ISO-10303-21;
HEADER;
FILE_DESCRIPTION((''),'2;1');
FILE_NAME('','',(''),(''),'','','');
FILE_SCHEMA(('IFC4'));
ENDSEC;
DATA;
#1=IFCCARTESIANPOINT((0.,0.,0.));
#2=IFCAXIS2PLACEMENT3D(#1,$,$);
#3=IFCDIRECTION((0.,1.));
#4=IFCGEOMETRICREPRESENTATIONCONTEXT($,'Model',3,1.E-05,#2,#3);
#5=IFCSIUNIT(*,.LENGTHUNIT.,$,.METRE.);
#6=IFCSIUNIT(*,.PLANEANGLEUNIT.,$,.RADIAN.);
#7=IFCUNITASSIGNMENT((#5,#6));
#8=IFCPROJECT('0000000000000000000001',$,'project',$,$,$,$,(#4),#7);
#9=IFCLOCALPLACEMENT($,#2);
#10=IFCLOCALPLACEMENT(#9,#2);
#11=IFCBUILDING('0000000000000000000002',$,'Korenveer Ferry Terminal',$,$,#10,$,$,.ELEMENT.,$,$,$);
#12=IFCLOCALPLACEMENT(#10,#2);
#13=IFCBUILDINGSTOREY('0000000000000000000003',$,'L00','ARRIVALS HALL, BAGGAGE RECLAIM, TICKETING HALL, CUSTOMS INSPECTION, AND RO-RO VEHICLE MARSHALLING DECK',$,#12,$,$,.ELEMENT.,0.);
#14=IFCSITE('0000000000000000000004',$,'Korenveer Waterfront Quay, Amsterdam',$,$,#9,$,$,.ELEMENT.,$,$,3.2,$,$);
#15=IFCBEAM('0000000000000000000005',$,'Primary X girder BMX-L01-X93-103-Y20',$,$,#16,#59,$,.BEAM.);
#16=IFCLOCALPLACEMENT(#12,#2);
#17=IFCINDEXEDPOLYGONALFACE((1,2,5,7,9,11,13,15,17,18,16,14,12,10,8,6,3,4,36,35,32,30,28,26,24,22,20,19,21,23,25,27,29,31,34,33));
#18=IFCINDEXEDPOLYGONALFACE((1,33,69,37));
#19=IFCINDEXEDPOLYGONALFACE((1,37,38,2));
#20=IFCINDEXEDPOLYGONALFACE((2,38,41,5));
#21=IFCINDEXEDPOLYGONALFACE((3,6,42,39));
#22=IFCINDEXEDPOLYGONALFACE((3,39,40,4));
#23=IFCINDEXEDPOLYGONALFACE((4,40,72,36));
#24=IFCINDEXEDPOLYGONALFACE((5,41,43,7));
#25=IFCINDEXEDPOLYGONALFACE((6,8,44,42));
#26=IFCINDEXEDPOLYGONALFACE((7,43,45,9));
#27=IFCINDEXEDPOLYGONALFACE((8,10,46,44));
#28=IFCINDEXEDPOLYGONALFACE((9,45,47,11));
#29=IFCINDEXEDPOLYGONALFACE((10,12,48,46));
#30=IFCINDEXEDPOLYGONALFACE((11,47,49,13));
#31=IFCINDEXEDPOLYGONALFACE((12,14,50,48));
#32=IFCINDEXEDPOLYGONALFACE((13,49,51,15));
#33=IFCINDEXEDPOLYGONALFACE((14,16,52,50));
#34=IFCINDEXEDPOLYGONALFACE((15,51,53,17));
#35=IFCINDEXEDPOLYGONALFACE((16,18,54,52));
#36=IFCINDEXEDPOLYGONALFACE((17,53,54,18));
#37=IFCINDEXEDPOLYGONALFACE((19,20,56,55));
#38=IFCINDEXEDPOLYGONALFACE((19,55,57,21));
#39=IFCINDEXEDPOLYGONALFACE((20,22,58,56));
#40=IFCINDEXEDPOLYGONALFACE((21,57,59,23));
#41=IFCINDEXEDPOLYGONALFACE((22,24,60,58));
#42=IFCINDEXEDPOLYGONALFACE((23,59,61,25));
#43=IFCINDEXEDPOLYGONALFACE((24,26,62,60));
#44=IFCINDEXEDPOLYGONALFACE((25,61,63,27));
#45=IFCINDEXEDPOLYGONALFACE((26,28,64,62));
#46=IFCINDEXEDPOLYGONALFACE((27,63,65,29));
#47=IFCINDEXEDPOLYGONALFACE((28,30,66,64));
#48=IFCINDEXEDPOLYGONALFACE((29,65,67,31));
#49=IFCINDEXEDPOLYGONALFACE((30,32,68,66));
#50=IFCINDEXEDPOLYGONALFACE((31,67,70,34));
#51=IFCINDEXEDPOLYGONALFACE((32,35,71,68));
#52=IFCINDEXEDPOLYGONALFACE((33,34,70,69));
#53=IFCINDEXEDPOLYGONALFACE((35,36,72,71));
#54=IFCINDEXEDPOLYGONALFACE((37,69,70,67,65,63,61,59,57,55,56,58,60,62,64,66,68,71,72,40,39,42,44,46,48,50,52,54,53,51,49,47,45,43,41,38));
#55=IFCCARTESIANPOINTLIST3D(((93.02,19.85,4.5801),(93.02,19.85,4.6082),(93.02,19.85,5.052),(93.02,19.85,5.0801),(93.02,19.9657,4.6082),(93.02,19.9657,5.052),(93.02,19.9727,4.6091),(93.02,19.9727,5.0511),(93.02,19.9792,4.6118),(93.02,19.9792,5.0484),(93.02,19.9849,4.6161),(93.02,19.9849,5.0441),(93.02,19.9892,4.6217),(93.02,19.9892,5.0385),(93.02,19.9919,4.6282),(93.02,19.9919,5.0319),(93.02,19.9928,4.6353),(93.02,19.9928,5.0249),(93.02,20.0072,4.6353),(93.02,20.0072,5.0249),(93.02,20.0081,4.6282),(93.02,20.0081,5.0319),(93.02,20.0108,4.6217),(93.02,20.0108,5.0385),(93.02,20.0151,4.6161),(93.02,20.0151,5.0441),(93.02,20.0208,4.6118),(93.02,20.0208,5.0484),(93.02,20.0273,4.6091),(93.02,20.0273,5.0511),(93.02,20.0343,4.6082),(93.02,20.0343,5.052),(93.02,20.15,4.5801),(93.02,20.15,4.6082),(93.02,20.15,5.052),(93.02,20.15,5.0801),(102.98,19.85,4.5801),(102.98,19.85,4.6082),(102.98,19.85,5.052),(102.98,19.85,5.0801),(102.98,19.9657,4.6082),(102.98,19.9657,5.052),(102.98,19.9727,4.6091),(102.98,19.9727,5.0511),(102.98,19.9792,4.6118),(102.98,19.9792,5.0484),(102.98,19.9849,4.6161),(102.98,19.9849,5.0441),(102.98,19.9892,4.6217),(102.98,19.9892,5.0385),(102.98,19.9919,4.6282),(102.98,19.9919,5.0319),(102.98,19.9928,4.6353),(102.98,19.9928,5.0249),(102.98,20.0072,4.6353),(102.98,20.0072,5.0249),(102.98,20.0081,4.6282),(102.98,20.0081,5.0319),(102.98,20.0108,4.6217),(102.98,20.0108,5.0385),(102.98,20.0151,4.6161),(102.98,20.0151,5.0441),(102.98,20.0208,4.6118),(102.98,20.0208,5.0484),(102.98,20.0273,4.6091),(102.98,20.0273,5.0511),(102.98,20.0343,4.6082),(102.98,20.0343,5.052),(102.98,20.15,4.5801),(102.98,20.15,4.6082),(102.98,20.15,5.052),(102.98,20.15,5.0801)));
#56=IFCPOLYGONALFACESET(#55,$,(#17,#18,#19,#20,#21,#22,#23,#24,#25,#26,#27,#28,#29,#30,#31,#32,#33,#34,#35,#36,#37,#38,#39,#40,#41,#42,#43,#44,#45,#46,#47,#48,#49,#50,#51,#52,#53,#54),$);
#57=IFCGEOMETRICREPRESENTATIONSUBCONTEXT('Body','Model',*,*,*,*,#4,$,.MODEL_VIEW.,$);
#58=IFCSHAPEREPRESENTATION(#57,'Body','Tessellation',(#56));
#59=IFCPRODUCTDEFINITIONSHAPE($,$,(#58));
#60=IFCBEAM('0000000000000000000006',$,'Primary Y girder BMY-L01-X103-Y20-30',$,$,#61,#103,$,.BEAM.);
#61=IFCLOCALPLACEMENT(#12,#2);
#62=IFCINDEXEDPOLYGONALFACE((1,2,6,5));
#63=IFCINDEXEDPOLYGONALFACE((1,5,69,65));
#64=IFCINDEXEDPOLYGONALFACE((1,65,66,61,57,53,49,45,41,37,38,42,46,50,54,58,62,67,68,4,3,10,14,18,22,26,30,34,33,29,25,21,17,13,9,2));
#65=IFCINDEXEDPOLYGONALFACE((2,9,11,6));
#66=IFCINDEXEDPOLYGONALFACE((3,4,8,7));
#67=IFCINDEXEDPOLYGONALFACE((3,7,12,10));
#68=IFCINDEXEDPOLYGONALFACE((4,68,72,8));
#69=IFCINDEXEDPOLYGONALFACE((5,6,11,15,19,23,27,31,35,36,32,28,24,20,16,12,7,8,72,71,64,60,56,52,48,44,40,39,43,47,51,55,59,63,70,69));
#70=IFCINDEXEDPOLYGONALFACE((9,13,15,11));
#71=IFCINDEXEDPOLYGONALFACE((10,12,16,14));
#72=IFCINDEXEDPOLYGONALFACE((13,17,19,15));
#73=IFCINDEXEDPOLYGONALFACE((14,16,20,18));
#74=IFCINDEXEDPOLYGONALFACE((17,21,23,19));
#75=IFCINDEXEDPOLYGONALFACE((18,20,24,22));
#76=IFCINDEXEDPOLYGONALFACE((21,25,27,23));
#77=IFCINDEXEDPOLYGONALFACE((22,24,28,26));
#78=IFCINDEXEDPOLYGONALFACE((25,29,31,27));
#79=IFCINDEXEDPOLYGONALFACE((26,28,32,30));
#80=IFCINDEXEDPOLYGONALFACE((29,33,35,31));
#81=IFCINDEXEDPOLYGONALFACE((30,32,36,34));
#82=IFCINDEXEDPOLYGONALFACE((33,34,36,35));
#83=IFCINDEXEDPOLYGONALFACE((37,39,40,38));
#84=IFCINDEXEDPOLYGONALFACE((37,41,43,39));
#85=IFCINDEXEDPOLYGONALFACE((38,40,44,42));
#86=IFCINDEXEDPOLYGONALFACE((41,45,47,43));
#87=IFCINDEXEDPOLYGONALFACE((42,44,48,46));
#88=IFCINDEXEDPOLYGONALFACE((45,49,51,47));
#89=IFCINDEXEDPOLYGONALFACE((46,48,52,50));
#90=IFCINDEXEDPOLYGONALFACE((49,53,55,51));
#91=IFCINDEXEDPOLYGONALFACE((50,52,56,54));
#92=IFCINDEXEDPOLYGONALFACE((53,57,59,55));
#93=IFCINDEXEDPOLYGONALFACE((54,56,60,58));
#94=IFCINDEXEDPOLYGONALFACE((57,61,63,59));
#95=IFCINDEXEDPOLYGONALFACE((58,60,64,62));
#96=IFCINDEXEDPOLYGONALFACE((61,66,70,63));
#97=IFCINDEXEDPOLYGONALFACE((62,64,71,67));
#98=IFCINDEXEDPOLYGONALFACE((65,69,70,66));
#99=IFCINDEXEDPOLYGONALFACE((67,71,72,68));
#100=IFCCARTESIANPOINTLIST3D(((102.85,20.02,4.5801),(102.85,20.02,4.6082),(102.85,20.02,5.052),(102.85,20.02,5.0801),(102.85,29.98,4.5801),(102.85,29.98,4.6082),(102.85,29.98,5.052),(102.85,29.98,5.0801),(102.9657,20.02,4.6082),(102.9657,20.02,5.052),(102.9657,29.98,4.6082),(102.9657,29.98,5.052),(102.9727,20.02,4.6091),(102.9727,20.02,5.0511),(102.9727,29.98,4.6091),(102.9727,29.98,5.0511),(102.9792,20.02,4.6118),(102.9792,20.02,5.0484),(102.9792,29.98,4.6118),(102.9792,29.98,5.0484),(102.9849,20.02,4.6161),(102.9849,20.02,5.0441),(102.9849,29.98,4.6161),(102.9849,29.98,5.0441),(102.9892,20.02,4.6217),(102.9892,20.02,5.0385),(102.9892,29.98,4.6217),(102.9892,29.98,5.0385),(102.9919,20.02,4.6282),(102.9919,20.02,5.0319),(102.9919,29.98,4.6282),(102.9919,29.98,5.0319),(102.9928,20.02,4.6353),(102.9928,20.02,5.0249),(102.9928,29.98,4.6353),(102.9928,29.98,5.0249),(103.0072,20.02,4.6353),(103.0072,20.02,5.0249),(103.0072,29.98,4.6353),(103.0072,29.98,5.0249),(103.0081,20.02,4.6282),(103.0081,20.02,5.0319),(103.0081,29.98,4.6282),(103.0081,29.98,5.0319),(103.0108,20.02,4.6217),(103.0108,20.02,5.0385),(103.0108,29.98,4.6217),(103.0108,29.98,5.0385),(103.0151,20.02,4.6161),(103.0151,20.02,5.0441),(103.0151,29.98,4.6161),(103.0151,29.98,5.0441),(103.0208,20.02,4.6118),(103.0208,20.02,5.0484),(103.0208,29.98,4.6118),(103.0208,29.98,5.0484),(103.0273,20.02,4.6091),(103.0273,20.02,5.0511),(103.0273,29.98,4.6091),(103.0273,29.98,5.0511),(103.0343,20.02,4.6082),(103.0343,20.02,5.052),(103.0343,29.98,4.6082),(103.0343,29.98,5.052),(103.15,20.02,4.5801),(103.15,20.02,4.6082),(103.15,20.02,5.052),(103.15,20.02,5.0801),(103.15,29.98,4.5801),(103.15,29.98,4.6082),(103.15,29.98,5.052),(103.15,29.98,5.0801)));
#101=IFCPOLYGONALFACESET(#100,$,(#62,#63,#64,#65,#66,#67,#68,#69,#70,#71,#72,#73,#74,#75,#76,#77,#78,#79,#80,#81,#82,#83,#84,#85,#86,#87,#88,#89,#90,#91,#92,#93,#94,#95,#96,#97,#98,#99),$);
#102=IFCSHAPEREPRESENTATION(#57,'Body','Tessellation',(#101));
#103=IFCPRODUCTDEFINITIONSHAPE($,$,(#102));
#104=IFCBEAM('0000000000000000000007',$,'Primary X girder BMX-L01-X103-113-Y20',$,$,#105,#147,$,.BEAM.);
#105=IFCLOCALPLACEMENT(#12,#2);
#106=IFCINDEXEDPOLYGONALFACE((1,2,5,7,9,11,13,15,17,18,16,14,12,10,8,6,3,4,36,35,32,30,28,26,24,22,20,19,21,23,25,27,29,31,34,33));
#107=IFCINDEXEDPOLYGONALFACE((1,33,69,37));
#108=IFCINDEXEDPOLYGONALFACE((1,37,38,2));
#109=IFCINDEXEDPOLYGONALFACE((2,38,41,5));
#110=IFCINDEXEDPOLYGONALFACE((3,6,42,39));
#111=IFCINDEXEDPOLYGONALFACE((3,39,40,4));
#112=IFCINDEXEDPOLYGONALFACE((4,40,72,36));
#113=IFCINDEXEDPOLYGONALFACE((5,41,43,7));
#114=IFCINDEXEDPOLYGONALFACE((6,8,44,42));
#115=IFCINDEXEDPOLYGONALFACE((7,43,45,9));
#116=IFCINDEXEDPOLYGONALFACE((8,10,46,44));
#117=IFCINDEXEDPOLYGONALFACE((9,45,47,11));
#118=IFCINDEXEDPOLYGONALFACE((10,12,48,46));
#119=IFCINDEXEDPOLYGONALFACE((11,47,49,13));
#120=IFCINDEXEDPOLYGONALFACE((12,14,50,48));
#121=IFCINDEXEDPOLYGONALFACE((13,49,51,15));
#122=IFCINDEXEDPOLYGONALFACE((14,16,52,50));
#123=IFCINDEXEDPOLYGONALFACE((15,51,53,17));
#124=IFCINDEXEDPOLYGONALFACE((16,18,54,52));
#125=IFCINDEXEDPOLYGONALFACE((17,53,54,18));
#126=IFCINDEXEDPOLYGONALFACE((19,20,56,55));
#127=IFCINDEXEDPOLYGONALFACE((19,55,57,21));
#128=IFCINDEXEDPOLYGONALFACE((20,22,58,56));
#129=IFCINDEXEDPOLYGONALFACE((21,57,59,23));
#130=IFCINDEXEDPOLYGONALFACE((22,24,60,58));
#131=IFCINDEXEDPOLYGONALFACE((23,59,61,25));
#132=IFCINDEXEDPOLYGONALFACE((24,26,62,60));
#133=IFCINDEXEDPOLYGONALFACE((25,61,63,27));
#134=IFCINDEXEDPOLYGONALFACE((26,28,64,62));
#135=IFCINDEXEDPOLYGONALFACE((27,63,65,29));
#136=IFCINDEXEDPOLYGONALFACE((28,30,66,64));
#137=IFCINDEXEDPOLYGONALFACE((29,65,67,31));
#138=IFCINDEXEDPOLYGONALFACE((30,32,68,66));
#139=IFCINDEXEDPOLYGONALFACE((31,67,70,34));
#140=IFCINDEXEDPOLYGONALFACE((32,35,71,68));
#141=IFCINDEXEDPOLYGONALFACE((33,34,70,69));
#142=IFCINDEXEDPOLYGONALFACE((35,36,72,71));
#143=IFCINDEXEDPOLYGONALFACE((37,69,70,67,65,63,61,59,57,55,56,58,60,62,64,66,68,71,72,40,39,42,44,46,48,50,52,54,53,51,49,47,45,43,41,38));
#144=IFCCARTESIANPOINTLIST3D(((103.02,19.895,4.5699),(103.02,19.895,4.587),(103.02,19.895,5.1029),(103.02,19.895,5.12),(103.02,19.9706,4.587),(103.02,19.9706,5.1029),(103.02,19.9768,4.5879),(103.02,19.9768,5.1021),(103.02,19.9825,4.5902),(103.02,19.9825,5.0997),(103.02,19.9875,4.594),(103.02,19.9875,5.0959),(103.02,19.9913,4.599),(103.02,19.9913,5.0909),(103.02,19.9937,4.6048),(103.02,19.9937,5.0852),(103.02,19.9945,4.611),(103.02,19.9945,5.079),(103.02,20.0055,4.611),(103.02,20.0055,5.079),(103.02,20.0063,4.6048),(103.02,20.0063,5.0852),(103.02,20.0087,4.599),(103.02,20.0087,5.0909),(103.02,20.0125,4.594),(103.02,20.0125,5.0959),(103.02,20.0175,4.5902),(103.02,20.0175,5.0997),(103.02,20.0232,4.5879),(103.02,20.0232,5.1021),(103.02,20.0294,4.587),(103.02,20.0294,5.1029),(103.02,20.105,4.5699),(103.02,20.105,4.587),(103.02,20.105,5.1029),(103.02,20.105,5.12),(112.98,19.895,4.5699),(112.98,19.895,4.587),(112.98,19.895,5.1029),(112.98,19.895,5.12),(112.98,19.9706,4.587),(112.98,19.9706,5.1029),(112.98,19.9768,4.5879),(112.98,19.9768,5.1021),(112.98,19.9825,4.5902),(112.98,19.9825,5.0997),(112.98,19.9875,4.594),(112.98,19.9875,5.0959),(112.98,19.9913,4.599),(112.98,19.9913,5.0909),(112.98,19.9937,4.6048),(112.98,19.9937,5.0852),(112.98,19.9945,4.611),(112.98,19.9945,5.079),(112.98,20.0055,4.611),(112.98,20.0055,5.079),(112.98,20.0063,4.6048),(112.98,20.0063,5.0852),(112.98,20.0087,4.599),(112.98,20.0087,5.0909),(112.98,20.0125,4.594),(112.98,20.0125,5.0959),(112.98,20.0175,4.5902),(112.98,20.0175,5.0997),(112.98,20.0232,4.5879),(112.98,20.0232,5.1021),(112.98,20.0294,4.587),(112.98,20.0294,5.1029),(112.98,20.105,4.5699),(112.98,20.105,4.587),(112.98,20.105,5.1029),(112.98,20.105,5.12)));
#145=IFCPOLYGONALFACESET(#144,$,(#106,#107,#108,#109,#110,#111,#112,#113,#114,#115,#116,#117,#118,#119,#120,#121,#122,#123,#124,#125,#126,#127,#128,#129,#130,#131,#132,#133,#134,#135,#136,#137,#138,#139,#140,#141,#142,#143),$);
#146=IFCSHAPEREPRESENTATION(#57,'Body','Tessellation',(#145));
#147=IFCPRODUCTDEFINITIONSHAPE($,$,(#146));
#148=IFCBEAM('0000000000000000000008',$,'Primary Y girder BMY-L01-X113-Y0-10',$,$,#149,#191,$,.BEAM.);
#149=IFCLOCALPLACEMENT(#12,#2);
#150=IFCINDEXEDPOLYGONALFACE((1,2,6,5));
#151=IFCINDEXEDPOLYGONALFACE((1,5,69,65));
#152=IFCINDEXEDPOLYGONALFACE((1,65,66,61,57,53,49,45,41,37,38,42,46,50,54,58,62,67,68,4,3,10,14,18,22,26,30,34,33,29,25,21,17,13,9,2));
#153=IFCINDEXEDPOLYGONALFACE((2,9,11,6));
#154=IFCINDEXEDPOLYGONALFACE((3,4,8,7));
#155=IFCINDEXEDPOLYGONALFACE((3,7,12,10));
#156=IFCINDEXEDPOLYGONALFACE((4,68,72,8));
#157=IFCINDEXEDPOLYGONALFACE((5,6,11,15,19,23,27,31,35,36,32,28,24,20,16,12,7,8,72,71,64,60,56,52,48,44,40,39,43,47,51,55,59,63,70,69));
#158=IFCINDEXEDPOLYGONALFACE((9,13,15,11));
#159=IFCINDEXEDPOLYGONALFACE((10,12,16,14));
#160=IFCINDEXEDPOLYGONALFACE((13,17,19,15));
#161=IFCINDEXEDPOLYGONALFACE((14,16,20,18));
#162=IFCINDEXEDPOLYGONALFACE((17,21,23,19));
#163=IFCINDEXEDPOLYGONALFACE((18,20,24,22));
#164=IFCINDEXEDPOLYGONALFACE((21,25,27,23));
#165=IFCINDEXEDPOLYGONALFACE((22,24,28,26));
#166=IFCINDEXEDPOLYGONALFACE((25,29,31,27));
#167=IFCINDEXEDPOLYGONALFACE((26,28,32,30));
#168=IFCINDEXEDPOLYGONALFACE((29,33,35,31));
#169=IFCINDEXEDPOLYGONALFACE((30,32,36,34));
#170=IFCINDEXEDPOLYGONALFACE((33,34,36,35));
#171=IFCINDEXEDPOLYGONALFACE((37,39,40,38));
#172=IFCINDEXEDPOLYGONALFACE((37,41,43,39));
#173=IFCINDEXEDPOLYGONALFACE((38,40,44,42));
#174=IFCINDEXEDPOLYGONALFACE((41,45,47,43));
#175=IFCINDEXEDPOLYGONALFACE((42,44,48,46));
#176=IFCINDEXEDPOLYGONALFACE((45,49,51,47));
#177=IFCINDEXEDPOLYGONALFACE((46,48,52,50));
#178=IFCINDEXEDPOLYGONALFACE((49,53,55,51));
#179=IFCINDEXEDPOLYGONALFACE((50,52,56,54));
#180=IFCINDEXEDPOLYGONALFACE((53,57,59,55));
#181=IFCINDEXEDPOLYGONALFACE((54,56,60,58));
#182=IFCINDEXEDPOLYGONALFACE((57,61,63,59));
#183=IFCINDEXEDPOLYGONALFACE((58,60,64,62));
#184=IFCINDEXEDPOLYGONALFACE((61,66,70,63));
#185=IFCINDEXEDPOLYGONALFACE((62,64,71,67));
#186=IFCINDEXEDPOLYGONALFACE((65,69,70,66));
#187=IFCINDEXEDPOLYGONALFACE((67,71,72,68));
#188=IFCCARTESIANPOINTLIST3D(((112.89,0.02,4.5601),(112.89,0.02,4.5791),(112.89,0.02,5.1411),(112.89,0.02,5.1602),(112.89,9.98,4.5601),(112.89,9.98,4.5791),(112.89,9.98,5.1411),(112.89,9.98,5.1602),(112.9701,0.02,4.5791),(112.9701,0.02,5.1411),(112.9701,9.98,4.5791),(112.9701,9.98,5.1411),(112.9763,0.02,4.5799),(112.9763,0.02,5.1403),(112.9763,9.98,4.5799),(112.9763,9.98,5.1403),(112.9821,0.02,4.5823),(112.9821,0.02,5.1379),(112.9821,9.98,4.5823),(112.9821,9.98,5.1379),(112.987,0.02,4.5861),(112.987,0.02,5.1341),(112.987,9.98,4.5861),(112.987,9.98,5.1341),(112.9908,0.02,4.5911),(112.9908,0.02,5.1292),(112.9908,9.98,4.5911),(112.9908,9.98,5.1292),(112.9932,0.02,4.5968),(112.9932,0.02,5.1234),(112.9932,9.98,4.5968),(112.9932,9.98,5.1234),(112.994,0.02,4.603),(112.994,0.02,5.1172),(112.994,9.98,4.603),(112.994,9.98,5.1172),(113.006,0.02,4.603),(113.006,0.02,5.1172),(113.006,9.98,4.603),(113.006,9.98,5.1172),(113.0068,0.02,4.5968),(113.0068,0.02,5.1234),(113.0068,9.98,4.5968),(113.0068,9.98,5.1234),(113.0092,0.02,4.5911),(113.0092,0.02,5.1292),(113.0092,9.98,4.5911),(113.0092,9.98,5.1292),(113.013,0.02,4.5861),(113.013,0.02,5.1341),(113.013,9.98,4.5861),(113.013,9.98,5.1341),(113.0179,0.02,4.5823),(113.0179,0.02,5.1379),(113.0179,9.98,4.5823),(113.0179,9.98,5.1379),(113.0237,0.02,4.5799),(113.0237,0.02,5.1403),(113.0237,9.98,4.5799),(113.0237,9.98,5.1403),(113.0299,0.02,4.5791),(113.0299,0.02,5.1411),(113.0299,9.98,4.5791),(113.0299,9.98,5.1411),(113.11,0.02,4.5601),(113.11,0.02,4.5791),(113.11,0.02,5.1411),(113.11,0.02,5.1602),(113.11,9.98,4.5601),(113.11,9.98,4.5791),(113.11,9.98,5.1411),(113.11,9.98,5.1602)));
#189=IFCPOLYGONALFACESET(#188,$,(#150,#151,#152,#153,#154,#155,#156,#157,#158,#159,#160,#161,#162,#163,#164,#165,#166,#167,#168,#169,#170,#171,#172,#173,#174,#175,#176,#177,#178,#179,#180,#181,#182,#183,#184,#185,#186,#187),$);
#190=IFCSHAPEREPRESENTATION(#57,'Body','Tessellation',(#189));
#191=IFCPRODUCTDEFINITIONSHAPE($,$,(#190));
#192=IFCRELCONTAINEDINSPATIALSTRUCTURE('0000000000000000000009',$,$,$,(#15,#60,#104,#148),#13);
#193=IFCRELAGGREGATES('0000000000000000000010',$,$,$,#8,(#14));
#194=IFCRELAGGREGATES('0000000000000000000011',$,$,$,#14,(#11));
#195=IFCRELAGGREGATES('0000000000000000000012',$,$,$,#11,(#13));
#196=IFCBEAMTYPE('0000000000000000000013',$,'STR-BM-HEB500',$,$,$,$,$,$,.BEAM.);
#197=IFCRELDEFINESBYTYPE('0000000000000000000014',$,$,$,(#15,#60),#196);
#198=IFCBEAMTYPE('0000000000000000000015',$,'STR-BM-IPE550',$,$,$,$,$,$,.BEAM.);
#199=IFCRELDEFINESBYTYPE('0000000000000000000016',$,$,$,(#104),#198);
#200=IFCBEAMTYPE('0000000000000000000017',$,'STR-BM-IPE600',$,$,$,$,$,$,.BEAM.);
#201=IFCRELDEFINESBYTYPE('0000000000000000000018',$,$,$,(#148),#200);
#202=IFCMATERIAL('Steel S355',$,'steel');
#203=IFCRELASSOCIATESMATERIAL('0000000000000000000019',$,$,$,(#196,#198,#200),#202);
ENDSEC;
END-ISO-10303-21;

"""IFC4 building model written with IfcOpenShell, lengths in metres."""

from ifc_helpers import new_model, si_unit, direction, frame, origin, origin_2d, place, context, subcontext, project, spatial, i_section, extrude, material, material_profile, profile_set, type_object, element, save


model = new_model("IFC4")

# Units and contexts
model_context = context("Model", 3, precision=1e-05, world=origin(), true_north=direction((0.0, 1.0)))
body_context = subcontext(model_context, "Body", "Model", "MODEL_VIEW")
ifc_project = project(units=[si_unit("LENGTHUNIT", "METRE"), si_unit("PLANEANGLEUNIT", "RADIAN")], contexts=[model_context])

# Site, building, storey
site_placement = place(None, origin())
site = spatial("IfcSite", under=ifc_project, at=site_placement, Name="Korenveer Waterfront Quay, Amsterdam", CompositionType="ELEMENT", RefElevation=3.2)
building_placement = place(site_placement, origin())
building = spatial("IfcBuilding", under=site, at=building_placement, Name="Korenveer Ferry Terminal", CompositionType="ELEMENT")
storey_placement = place(building_placement, origin())
storey = spatial("IfcBuildingStorey", under=building, at=storey_placement, Name="L00", Description="ARRIVALS HALL, BAGGAGE RECLAIM, TICKETING HALL, CUSTOMS INSPECTION, AND RO-RO VEHICLE MARSHALLING DECK", CompositionType="ELEMENT", Elevation=0.0)

# Shared definitions
ifc_material_1 = material(Name="Steel S355", Category="steel")

# Beams
ifc_material_profile_1 = material_profile(ifc_material_1, i_section(OverallWidth=0.3, OverallDepth=0.5, WebThickness=0.0144, FlangeThickness=0.0281, FilletRadius=0.0271, at=origin_2d()), Name="HEB 500")
ifc_profile_set_1 = profile_set([ifc_material_profile_1], Name="Steel S355")
beam_type_1 = type_object("IfcBeamType", Name="STR-BM-HEB500", PredefinedType="BEAM", material=ifc_profile_set_1)
for number, where, z_axis, x_axis, name in (
    (1, (93.02, 20.0, 4.8301), (1.0, 0.0, 0.0), (0.0, 1.0, 0.0), "Primary X girder BMX-L01-X93-103-Y20"),
    (2, (103.0, 20.02, 4.8301), (0.0, 1.0, 0.0), (-1.0, 0.0, 0.0), "Primary Y girder BMY-L01-X103-Y20-30"),
):
    element("IfcBeam", number, at=place(storey_placement, frame(where, z_axis=z_axis, x_axis=x_axis)), inside=storey, type_object=beam_type_1, Name=name, PredefinedType="BEAM", context=body_context, shape_type="SweptSolid", body=[
        extrude(i_section(OverallWidth=0.3, OverallDepth=0.5, WebThickness=0.0144, FlangeThickness=0.0281, FilletRadius=0.0271, at=origin_2d()), origin(), (0.0, 0.0, 1.0), 9.96),
    ])
ifc_material_profile_2 = material_profile(ifc_material_1, i_section(OverallWidth=0.21, OverallDepth=0.55, WebThickness=0.011, FlangeThickness=0.0171, FilletRadius=0.0239, at=origin_2d()), Name="IPE 550")
ifc_profile_set_2 = profile_set([ifc_material_profile_2], Name="Steel S355")
beam_type_2 = type_object("IfcBeamType", Name="STR-BM-IPE550", PredefinedType="BEAM", material=ifc_profile_set_2)
beam_1_placement = place(storey_placement, frame((103.02, 20.0, 4.845), z_axis=(1.0, 0.0, 0.0), x_axis=(0.0, 1.0, 0.0)))
element("IfcBeam", 3, at=beam_1_placement, inside=storey, type_object=beam_type_2, Name="Primary X girder BMX-L01-X103-113-Y20", PredefinedType="BEAM", context=body_context, shape_type="SweptSolid", body=[
    extrude(i_section(OverallWidth=0.21, OverallDepth=0.55, WebThickness=0.011, FlangeThickness=0.0171, FilletRadius=0.0239, at=origin_2d()), origin(), (0.0, 0.0, 1.0), 9.96),
])
ifc_material_profile_3 = material_profile(ifc_material_1, i_section(OverallWidth=0.22, OverallDepth=0.6001, WebThickness=0.012, FlangeThickness=0.019, FilletRadius=0.0239, at=origin_2d()), Name="IPE 600")
ifc_profile_set_3 = profile_set([ifc_material_profile_3], Name="Steel S355")
beam_type_3 = type_object("IfcBeamType", Name="STR-BM-IPE600", PredefinedType="BEAM", material=ifc_profile_set_3)
beam_2_placement = place(storey_placement, frame((113.0, 0.02, 4.8601), z_axis=(0.0, 1.0, 0.0), x_axis=(-1.0, 0.0, 0.0)))
element("IfcBeam", 4, at=beam_2_placement, inside=storey, type_object=beam_type_3, Name="Primary Y girder BMY-L01-X113-Y0-10", PredefinedType="BEAM", context=body_context, shape_type="SweptSolid", body=[
    extrude(i_section(OverallWidth=0.22, OverallDepth=0.6001, WebThickness=0.012, FlangeThickness=0.019, FilletRadius=0.0239, at=origin_2d()), origin(), (0.0, 0.0, 1.0), 9.96),
])

save(model, "model.ifc")
